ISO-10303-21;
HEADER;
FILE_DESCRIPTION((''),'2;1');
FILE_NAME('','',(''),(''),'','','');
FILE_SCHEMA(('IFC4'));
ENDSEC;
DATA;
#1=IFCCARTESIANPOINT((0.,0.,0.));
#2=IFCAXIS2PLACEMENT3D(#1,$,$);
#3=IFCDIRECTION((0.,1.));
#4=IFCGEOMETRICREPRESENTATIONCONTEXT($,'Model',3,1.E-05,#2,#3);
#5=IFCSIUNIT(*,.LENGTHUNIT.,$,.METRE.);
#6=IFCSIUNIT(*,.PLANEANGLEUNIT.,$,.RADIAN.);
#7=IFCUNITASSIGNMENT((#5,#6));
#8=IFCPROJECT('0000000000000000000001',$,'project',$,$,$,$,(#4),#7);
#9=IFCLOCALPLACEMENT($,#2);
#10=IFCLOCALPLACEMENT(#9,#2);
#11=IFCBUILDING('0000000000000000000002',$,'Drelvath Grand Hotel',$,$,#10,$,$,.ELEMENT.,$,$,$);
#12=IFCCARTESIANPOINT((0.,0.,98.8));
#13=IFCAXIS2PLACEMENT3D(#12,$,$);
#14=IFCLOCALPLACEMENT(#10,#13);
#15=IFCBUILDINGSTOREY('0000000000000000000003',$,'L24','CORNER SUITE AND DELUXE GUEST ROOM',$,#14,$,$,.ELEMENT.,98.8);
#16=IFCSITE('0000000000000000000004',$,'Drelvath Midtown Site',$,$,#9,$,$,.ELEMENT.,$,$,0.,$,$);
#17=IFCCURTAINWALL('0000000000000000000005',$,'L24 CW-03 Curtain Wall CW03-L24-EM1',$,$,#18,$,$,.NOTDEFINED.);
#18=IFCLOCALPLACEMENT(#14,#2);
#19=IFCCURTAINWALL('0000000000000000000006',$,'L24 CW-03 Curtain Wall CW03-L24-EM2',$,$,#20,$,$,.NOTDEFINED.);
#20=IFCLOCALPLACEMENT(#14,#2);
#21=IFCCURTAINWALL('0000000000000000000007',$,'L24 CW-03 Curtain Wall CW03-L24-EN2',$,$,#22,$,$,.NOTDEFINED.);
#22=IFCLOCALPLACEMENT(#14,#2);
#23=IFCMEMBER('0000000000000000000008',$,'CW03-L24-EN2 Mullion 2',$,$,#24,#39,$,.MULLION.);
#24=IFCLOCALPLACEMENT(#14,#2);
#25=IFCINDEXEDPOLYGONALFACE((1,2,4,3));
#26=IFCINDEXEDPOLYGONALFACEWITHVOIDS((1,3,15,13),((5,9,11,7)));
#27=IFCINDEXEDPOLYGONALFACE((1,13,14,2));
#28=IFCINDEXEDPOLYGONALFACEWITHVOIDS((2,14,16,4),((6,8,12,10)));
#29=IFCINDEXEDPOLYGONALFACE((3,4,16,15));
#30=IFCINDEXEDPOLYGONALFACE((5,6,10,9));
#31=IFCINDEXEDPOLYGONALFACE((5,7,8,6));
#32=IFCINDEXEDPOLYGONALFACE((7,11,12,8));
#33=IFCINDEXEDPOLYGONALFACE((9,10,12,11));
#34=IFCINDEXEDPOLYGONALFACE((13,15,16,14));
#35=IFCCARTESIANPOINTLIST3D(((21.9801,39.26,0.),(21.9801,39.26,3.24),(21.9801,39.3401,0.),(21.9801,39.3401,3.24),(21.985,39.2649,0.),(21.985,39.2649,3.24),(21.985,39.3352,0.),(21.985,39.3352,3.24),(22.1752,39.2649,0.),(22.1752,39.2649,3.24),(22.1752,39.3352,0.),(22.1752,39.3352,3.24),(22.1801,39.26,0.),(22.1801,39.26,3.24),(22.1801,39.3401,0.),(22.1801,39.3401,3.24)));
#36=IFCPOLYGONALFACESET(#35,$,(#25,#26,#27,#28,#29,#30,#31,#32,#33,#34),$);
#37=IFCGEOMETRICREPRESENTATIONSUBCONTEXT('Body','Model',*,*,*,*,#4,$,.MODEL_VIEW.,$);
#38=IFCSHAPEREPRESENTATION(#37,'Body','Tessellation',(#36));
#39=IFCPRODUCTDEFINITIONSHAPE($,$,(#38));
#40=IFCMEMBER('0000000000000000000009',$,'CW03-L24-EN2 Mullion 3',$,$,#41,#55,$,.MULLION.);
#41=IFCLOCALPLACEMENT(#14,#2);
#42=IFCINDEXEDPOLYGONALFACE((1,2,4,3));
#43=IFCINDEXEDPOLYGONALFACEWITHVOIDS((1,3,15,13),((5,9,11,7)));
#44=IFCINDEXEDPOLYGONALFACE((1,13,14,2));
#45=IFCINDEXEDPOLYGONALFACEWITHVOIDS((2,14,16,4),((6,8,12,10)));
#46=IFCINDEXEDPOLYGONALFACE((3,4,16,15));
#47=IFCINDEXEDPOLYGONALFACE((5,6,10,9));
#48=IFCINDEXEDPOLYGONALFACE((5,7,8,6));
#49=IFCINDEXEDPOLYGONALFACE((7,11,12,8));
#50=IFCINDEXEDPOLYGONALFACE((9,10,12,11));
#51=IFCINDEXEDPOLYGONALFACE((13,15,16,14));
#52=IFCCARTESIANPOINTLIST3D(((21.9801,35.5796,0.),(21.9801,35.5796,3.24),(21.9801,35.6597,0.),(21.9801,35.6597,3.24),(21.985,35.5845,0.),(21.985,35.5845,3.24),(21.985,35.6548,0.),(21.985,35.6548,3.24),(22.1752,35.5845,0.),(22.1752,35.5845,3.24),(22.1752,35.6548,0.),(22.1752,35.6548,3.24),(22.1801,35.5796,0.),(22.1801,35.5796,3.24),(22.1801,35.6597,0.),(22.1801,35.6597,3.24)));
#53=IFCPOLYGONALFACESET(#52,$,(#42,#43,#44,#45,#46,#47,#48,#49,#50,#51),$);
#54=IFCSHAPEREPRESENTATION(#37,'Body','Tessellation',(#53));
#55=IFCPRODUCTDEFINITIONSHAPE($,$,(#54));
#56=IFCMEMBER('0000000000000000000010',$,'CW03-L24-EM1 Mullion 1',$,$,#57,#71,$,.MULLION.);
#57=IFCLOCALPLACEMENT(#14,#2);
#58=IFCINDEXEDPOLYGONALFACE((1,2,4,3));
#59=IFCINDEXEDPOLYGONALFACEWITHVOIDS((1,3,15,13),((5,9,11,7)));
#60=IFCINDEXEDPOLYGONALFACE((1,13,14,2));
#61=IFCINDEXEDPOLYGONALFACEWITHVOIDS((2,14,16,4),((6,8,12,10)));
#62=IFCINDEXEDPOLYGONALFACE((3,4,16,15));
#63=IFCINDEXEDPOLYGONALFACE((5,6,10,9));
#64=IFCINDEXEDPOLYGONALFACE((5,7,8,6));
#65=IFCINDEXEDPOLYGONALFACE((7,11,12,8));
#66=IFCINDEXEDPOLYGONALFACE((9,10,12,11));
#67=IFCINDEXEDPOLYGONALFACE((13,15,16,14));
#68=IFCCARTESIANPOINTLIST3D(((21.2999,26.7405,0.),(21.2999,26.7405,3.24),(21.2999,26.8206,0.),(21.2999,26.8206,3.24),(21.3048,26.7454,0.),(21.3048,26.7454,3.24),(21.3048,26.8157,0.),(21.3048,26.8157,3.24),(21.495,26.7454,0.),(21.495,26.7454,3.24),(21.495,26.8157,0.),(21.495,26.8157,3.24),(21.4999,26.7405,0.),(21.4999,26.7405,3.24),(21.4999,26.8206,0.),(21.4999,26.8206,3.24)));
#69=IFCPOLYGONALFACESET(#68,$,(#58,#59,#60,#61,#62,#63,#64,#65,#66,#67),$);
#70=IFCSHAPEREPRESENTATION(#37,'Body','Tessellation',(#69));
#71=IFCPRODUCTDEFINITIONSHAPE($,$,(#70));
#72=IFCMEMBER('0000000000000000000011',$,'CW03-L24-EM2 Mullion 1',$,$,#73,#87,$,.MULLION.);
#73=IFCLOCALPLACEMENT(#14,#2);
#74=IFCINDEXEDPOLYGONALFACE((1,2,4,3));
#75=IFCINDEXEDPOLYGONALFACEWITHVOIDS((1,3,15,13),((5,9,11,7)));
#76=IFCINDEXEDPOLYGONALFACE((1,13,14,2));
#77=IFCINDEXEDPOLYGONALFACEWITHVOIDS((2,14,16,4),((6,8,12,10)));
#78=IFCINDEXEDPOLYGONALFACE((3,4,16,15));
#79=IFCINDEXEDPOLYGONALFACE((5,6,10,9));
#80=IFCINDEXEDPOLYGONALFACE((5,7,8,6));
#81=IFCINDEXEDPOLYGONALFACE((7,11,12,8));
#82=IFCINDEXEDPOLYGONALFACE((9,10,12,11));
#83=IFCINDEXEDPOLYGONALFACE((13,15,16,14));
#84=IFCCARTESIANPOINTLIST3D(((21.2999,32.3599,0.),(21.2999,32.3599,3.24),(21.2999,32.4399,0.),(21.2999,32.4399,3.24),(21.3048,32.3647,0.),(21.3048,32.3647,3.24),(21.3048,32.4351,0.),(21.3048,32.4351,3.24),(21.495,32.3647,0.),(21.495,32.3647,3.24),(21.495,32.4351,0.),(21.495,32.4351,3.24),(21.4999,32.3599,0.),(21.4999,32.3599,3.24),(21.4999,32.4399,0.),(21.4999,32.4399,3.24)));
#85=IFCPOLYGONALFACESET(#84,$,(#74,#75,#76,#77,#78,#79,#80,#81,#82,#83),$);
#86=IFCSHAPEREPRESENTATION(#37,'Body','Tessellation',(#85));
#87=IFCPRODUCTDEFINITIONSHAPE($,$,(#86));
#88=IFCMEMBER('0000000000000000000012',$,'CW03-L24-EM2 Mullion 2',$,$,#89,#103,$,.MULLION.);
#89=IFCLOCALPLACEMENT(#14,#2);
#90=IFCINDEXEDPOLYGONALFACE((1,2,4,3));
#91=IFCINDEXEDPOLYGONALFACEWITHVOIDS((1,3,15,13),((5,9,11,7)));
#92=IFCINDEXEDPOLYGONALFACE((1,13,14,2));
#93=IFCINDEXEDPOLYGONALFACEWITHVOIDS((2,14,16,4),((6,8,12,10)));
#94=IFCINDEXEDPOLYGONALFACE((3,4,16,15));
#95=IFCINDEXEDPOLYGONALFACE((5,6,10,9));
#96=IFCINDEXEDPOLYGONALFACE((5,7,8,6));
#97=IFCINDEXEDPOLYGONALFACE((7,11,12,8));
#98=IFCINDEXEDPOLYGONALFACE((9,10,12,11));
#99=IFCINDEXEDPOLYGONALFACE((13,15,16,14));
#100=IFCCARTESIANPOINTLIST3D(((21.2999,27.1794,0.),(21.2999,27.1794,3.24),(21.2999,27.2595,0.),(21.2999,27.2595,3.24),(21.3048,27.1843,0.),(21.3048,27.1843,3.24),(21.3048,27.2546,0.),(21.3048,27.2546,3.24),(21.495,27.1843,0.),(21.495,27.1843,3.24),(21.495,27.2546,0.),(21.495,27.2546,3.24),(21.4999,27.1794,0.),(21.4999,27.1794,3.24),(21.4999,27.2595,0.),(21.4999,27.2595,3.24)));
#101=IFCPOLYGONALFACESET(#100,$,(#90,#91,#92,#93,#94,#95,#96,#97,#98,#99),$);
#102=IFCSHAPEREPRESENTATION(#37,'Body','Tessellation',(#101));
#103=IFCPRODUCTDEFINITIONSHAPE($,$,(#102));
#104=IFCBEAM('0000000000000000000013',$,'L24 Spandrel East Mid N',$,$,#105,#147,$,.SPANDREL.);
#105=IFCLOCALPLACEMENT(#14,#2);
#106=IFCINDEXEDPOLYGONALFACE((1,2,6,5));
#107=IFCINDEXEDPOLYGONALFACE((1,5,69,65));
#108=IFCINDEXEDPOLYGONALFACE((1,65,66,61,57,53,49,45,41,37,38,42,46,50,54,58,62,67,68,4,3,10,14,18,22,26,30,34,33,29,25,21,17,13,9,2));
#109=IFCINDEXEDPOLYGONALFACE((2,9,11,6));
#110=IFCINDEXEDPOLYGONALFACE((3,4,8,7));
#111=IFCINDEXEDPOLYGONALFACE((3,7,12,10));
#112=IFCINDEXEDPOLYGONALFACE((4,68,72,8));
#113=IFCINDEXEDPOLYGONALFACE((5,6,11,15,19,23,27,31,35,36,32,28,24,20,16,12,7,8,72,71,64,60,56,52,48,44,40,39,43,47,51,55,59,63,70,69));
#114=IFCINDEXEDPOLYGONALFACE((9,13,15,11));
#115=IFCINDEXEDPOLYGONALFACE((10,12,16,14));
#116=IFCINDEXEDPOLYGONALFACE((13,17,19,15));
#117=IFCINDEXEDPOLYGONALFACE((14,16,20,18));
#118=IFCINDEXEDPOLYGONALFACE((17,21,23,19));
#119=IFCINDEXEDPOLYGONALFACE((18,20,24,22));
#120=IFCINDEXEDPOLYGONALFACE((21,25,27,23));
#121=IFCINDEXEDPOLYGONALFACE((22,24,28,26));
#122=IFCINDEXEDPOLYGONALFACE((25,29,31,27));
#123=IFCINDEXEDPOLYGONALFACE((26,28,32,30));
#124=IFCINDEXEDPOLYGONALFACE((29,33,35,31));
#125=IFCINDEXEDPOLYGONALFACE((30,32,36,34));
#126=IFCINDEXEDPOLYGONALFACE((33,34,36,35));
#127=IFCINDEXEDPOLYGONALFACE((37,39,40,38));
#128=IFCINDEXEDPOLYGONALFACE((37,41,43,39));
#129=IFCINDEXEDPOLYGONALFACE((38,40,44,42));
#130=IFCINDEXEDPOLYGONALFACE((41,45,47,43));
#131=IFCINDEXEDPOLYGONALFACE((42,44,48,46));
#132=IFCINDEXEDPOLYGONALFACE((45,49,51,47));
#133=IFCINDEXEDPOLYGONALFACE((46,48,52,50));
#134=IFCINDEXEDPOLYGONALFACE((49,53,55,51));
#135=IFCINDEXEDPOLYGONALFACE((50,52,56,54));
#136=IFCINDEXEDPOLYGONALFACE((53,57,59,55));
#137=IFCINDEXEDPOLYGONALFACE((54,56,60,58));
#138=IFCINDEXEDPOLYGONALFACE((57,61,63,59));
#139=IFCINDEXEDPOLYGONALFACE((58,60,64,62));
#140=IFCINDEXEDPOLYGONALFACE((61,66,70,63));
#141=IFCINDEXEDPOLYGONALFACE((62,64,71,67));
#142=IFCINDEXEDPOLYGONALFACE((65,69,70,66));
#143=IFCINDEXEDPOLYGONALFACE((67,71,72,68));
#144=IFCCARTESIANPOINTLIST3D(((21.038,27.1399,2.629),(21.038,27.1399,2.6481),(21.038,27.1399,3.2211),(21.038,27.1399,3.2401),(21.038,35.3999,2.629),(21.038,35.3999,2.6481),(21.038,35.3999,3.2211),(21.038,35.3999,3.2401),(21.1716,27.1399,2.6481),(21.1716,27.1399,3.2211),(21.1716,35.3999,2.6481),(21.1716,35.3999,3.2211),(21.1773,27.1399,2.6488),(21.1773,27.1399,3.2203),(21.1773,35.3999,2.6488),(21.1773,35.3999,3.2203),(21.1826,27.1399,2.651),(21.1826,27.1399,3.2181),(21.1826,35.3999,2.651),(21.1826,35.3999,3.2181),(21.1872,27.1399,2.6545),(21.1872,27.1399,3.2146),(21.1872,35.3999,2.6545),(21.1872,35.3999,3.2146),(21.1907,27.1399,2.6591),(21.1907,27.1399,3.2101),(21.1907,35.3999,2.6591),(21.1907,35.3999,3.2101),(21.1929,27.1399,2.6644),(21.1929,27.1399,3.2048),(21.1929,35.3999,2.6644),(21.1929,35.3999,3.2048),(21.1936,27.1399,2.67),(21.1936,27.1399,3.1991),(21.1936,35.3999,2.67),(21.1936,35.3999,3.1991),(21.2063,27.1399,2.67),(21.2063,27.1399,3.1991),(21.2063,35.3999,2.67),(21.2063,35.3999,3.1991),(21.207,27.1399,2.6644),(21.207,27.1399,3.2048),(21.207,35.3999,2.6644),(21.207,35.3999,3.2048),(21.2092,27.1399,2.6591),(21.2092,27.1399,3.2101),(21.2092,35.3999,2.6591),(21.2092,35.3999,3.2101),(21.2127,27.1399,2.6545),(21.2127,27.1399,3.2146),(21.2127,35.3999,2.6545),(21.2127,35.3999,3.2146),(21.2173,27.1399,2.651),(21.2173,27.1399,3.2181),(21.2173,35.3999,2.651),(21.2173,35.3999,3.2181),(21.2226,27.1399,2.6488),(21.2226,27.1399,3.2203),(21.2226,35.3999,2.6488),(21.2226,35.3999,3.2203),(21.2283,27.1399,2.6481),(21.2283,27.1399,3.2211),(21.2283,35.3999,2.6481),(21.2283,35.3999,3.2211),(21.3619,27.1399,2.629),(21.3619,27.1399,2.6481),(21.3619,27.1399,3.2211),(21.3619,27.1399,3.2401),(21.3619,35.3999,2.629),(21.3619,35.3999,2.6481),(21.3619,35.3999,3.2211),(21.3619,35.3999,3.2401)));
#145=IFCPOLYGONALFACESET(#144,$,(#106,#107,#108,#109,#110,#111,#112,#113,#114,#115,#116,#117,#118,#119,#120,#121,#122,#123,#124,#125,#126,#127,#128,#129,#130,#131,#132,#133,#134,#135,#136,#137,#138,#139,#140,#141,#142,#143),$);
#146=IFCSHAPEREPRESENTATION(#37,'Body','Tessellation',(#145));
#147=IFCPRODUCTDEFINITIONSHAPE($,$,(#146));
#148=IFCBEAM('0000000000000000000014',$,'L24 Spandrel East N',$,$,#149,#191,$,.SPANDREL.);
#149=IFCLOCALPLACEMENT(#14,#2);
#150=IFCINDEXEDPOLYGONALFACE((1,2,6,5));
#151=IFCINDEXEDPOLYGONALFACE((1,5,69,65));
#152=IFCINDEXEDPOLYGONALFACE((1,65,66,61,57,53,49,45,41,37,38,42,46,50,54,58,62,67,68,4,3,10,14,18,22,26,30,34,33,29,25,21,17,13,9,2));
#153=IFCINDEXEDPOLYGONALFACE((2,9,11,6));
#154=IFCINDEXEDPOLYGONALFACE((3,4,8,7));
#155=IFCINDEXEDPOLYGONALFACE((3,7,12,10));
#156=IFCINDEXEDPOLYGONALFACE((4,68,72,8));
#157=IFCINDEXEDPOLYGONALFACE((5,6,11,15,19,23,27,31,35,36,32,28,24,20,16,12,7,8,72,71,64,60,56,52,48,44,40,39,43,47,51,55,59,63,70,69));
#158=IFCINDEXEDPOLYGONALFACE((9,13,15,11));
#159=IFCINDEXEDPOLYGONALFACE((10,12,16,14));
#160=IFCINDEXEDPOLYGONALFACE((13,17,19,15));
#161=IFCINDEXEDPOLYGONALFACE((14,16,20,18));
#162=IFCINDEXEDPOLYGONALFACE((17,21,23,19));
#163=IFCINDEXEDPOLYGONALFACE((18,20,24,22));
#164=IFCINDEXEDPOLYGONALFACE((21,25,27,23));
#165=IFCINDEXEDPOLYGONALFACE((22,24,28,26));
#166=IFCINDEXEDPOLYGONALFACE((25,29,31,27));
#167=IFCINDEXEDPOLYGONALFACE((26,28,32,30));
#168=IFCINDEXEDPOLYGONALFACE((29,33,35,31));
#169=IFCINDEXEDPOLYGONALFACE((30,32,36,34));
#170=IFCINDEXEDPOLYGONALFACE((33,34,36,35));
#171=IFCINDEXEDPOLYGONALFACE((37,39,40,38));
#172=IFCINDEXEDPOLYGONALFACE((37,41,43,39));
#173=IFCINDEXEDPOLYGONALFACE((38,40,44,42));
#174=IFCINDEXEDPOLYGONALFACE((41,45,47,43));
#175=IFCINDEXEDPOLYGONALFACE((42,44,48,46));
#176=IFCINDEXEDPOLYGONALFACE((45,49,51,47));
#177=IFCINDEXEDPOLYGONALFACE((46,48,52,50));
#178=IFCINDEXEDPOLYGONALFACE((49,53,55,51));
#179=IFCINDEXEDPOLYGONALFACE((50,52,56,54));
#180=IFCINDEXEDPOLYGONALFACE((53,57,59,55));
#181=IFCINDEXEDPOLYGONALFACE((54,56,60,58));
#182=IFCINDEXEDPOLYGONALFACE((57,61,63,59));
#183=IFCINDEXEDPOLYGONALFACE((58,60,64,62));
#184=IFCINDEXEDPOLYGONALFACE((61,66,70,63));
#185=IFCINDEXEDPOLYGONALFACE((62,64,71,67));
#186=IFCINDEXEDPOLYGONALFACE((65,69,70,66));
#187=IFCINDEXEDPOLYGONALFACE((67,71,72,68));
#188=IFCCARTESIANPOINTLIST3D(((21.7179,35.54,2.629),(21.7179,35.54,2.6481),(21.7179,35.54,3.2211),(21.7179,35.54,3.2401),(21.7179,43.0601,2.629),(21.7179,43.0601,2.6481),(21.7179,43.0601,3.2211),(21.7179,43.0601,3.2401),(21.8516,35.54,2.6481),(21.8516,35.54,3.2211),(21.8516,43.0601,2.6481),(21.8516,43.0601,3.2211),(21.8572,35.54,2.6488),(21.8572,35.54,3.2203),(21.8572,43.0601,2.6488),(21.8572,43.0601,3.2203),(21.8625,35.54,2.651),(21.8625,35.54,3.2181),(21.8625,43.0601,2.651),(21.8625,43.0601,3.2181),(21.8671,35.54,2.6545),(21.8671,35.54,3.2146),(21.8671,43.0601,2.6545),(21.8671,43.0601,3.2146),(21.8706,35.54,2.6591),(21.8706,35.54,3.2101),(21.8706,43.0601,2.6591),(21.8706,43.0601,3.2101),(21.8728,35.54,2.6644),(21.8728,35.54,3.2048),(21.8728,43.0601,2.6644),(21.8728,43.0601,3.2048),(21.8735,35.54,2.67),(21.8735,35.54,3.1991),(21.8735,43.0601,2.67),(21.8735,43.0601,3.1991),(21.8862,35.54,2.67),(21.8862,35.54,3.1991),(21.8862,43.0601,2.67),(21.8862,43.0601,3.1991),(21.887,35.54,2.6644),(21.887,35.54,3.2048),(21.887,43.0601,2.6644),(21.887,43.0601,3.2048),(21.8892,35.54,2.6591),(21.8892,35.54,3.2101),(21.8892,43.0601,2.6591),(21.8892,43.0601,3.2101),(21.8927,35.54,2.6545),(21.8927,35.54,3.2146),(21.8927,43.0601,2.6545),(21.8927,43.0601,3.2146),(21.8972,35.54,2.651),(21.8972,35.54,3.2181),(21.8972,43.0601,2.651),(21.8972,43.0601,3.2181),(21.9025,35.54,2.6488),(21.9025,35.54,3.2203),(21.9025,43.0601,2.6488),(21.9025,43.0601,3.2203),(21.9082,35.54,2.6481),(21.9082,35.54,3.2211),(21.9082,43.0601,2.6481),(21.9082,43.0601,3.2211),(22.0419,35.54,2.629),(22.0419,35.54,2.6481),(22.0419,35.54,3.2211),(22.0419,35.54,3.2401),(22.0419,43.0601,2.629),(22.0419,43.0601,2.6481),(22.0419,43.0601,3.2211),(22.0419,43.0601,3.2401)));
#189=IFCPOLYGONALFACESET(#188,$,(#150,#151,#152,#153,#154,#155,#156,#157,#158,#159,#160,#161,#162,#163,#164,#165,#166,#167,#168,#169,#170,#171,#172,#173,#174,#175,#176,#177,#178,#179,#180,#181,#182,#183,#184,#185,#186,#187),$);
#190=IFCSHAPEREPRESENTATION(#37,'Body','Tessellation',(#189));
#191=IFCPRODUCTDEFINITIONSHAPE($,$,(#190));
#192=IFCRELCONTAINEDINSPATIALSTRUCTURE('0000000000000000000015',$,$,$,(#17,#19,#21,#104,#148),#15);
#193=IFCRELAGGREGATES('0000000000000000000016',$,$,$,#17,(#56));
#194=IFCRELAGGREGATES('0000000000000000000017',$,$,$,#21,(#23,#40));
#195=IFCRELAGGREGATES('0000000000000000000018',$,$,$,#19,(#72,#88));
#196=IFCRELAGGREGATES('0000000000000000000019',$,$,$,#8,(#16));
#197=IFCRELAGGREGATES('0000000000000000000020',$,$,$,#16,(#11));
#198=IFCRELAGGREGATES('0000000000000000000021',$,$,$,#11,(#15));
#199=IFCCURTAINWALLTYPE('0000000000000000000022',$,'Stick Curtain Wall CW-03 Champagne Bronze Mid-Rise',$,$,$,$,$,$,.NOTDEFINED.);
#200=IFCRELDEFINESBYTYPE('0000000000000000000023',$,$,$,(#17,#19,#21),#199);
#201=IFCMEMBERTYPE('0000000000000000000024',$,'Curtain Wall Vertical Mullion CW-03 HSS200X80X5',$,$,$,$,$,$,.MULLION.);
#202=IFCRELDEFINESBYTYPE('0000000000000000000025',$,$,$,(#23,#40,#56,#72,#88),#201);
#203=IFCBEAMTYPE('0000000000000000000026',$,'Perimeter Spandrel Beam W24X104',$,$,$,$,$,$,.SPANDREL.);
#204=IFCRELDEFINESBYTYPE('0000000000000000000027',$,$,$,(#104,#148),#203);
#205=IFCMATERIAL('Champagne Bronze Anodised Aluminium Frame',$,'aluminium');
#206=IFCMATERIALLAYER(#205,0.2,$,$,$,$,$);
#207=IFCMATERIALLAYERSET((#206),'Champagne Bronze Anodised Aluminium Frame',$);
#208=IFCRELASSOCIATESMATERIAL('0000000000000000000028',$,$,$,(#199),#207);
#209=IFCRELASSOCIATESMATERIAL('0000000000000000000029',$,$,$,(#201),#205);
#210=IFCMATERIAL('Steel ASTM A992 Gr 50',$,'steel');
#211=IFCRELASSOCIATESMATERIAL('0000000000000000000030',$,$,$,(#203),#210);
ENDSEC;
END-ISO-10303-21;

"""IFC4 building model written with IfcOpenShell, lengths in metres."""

from ifc_helpers import new_model, si_unit, direction, frame, origin, origin_2d, place, context, subcontext, project, spatial, hollow_rectangle, i_section, extrude, material, layer, layer_set, material_profile, profile_set, type_object, element, aggregate, save


model = new_model("IFC4")

# Units and contexts
model_context = context("Model", 3, precision=1e-05, world=origin(), true_north=direction((0.0, 1.0)))
body_context = subcontext(model_context, "Body", "Model", "MODEL_VIEW")
ifc_project = project(units=[si_unit("LENGTHUNIT", "METRE"), si_unit("PLANEANGLEUNIT", "RADIAN")], contexts=[model_context])

# Site, building, storey
site_placement = place(None, origin())
site = spatial("IfcSite", under=ifc_project, at=site_placement, Name="Drelvath Midtown Site", CompositionType="ELEMENT", RefElevation=0.0)
building_placement = place(site_placement, origin())
building = spatial("IfcBuilding", under=site, at=building_placement, Name="Drelvath Grand Hotel", CompositionType="ELEMENT")
storey_placement = place(building_placement, frame((0.0, 0.0, 98.8)))
storey = spatial("IfcBuildingStorey", under=building, at=storey_placement, Name="L24", Description="CORNER SUITE AND DELUXE GUEST ROOM", CompositionType="ELEMENT", Elevation=98.8)

# Curtain walls
ifc_material_1 = material(Name="Champagne Bronze Anodised Aluminium Frame", Category="aluminium")
ifc_layer_1 = layer(ifc_material_1, 0.2)
ifc_layer_set_1 = layer_set([ifc_layer_1], Name="Champagne Bronze Anodised Aluminium Frame")
curtain_wall_type = type_object("IfcCurtainWallType", Name="Stick Curtain Wall CW-03 Champagne Bronze Mid-Rise", PredefinedType="NOTDEFINED", material=ifc_layer_set_1)
curtain_wall_1_placement = place(storey_placement, origin())
curtain_wall_1 = element("IfcCurtainWall", 1, at=curtain_wall_1_placement, inside=storey, type_object=curtain_wall_type, Name="L24 CW-03 Curtain Wall CW03-L24-EM1", PredefinedType="NOTDEFINED")
curtain_wall_2_placement = place(storey_placement, origin())
curtain_wall_2 = element("IfcCurtainWall", 2, at=curtain_wall_2_placement, inside=storey, type_object=curtain_wall_type, Name="L24 CW-03 Curtain Wall CW03-L24-EM2", PredefinedType="NOTDEFINED")

# Shared definitions
ifc_material_profile_1 = material_profile(ifc_material_1, hollow_rectangle(XDim=0.0801, YDim=0.2, WallThickness=0.0049, at=origin_2d()), Name="HSS200X80X5")
ifc_profile_set_1 = profile_set([ifc_material_profile_1], Name="Champagne Bronze Anodised Aluminium Frame")
member_type_1 = type_object("IfcMemberType", Name="Curtain Wall Vertical Mullion CW-03 HSS200X80X5", PredefinedType="MULLION", material=ifc_profile_set_1)

# Curtain wall, members
curtain_wall_3_placement = place(storey_placement, origin())
curtain_wall_3 = element("IfcCurtainWall", 3, at=curtain_wall_3_placement, inside=storey, type_object=curtain_wall_type, Name="L24 CW-03 Curtain Wall CW03-L24-EN2", PredefinedType="NOTDEFINED")
member_1_placement = place(storey_placement, frame((22.0801, 39.3, 0.0), z_axis=(0.0, 0.0, 1.0), x_axis=(0.0, 1.0, 0.0)))
member_1 = element("IfcMember", 4, at=member_1_placement, type_object=member_type_1, Name="CW03-L24-EN2 Mullion 2", PredefinedType="MULLION", context=body_context, shape_type="SweptSolid", body=[
    extrude(hollow_rectangle(XDim=0.0801, YDim=0.2, WallThickness=0.0049, at=origin_2d()), origin(), (0.0, 0.0, 1.0), 3.24),
])
member_2_placement = place(storey_placement, frame((22.0801, 35.6196, 0.0), z_axis=(0.0, 0.0, 1.0), x_axis=(0.0, 1.0, 0.0)))
member_2 = element("IfcMember", 5, at=member_2_placement, type_object=member_type_1, Name="CW03-L24-EN2 Mullion 3", PredefinedType="MULLION", context=body_context, shape_type="SweptSolid", body=[
    extrude(hollow_rectangle(XDim=0.0801, YDim=0.2, WallThickness=0.0049, at=origin_2d()), origin(), (0.0, 0.0, 1.0), 3.24),
])

# Members
member_3_placement = place(storey_placement, frame((21.3999, 26.7805, 0.0), z_axis=(0.0, 0.0, 1.0), x_axis=(0.0, 1.0, 0.0)))
member_3 = element("IfcMember", 6, at=member_3_placement, type_object=member_type_1, Name="CW03-L24-EM1 Mullion 1", PredefinedType="MULLION", context=body_context, shape_type="SweptSolid", body=[
    extrude(hollow_rectangle(XDim=0.0801, YDim=0.2, WallThickness=0.0049, at=origin_2d()), origin(), (0.0, 0.0, 1.0), 3.24),
])
aggregate(curtain_wall_1, [member_3])
member_4_placement = place(storey_placement, frame((21.3999, 32.3999, 0.0), z_axis=(0.0, 0.0, 1.0), x_axis=(0.0, 1.0, 0.0)))
member_4 = element("IfcMember", 7, at=member_4_placement, type_object=member_type_1, Name="CW03-L24-EM2 Mullion 1", PredefinedType="MULLION", context=body_context, shape_type="SweptSolid", body=[
    extrude(hollow_rectangle(XDim=0.0801, YDim=0.2, WallThickness=0.0049, at=origin_2d()), origin(), (0.0, 0.0, 1.0), 3.24),
])
member_5_placement = place(storey_placement, frame((21.3999, 27.2195, 0.0), z_axis=(0.0, 0.0, 1.0), x_axis=(0.0, 1.0, 0.0)))
member_5 = element("IfcMember", 8, at=member_5_placement, type_object=member_type_1, Name="CW03-L24-EM2 Mullion 2", PredefinedType="MULLION", context=body_context, shape_type="SweptSolid", body=[
    extrude(hollow_rectangle(XDim=0.0801, YDim=0.2, WallThickness=0.0049, at=origin_2d()), origin(), (0.0, 0.0, 1.0), 3.24),
])

# Beams
ifc_material_2 = material(Name="Steel ASTM A992 Gr 50", Category="steel")
ifc_material_profile_2 = material_profile(ifc_material_2, i_section(OverallWidth=0.324, OverallDepth=0.6111, WebThickness=0.0127, FlangeThickness=0.019, FilletRadius=0.022, at=origin_2d()), Name="W24X104")
ifc_profile_set_2 = profile_set([ifc_material_profile_2], Name="Steel ASTM A992 Gr 50")
beam_type_1 = type_object("IfcBeamType", Name="Perimeter Spandrel Beam W24X104", PredefinedType="SPANDREL", material=ifc_profile_set_2)
beam_1_placement = place(storey_placement, frame((21.2, 27.1399, 2.9346), z_axis=(0.0, 1.0, 0.0), x_axis=(-1.0, 0.0, 0.0)))
element("IfcBeam", 9, at=beam_1_placement, inside=storey, type_object=beam_type_1, Name="L24 Spandrel East Mid N", PredefinedType="SPANDREL", context=body_context, shape_type="SweptSolid", body=[
    extrude(i_section(OverallWidth=0.324, OverallDepth=0.6111, WebThickness=0.0127, FlangeThickness=0.019, FilletRadius=0.022, at=origin_2d()), origin(), (0.0, 0.0, 1.0), 8.26),
])
beam_2_placement = place(storey_placement, frame((21.8799, 35.54, 2.9346), z_axis=(0.0, 1.0, 0.0), x_axis=(-1.0, 0.0, 0.0)))
element("IfcBeam", 10, at=beam_2_placement, inside=storey, type_object=beam_type_1, Name="L24 Spandrel East N", PredefinedType="SPANDREL", context=body_context, shape_type="SweptSolid", body=[
    extrude(i_section(OverallWidth=0.324, OverallDepth=0.6111, WebThickness=0.0127, FlangeThickness=0.019, FilletRadius=0.022, at=origin_2d()), origin(), (0.0, 0.0, 1.0), 7.52),
])

aggregate(curtain_wall_3, [member_1, member_2])
aggregate(curtain_wall_2, [member_4, member_5])

save(model, "model.ifc")
